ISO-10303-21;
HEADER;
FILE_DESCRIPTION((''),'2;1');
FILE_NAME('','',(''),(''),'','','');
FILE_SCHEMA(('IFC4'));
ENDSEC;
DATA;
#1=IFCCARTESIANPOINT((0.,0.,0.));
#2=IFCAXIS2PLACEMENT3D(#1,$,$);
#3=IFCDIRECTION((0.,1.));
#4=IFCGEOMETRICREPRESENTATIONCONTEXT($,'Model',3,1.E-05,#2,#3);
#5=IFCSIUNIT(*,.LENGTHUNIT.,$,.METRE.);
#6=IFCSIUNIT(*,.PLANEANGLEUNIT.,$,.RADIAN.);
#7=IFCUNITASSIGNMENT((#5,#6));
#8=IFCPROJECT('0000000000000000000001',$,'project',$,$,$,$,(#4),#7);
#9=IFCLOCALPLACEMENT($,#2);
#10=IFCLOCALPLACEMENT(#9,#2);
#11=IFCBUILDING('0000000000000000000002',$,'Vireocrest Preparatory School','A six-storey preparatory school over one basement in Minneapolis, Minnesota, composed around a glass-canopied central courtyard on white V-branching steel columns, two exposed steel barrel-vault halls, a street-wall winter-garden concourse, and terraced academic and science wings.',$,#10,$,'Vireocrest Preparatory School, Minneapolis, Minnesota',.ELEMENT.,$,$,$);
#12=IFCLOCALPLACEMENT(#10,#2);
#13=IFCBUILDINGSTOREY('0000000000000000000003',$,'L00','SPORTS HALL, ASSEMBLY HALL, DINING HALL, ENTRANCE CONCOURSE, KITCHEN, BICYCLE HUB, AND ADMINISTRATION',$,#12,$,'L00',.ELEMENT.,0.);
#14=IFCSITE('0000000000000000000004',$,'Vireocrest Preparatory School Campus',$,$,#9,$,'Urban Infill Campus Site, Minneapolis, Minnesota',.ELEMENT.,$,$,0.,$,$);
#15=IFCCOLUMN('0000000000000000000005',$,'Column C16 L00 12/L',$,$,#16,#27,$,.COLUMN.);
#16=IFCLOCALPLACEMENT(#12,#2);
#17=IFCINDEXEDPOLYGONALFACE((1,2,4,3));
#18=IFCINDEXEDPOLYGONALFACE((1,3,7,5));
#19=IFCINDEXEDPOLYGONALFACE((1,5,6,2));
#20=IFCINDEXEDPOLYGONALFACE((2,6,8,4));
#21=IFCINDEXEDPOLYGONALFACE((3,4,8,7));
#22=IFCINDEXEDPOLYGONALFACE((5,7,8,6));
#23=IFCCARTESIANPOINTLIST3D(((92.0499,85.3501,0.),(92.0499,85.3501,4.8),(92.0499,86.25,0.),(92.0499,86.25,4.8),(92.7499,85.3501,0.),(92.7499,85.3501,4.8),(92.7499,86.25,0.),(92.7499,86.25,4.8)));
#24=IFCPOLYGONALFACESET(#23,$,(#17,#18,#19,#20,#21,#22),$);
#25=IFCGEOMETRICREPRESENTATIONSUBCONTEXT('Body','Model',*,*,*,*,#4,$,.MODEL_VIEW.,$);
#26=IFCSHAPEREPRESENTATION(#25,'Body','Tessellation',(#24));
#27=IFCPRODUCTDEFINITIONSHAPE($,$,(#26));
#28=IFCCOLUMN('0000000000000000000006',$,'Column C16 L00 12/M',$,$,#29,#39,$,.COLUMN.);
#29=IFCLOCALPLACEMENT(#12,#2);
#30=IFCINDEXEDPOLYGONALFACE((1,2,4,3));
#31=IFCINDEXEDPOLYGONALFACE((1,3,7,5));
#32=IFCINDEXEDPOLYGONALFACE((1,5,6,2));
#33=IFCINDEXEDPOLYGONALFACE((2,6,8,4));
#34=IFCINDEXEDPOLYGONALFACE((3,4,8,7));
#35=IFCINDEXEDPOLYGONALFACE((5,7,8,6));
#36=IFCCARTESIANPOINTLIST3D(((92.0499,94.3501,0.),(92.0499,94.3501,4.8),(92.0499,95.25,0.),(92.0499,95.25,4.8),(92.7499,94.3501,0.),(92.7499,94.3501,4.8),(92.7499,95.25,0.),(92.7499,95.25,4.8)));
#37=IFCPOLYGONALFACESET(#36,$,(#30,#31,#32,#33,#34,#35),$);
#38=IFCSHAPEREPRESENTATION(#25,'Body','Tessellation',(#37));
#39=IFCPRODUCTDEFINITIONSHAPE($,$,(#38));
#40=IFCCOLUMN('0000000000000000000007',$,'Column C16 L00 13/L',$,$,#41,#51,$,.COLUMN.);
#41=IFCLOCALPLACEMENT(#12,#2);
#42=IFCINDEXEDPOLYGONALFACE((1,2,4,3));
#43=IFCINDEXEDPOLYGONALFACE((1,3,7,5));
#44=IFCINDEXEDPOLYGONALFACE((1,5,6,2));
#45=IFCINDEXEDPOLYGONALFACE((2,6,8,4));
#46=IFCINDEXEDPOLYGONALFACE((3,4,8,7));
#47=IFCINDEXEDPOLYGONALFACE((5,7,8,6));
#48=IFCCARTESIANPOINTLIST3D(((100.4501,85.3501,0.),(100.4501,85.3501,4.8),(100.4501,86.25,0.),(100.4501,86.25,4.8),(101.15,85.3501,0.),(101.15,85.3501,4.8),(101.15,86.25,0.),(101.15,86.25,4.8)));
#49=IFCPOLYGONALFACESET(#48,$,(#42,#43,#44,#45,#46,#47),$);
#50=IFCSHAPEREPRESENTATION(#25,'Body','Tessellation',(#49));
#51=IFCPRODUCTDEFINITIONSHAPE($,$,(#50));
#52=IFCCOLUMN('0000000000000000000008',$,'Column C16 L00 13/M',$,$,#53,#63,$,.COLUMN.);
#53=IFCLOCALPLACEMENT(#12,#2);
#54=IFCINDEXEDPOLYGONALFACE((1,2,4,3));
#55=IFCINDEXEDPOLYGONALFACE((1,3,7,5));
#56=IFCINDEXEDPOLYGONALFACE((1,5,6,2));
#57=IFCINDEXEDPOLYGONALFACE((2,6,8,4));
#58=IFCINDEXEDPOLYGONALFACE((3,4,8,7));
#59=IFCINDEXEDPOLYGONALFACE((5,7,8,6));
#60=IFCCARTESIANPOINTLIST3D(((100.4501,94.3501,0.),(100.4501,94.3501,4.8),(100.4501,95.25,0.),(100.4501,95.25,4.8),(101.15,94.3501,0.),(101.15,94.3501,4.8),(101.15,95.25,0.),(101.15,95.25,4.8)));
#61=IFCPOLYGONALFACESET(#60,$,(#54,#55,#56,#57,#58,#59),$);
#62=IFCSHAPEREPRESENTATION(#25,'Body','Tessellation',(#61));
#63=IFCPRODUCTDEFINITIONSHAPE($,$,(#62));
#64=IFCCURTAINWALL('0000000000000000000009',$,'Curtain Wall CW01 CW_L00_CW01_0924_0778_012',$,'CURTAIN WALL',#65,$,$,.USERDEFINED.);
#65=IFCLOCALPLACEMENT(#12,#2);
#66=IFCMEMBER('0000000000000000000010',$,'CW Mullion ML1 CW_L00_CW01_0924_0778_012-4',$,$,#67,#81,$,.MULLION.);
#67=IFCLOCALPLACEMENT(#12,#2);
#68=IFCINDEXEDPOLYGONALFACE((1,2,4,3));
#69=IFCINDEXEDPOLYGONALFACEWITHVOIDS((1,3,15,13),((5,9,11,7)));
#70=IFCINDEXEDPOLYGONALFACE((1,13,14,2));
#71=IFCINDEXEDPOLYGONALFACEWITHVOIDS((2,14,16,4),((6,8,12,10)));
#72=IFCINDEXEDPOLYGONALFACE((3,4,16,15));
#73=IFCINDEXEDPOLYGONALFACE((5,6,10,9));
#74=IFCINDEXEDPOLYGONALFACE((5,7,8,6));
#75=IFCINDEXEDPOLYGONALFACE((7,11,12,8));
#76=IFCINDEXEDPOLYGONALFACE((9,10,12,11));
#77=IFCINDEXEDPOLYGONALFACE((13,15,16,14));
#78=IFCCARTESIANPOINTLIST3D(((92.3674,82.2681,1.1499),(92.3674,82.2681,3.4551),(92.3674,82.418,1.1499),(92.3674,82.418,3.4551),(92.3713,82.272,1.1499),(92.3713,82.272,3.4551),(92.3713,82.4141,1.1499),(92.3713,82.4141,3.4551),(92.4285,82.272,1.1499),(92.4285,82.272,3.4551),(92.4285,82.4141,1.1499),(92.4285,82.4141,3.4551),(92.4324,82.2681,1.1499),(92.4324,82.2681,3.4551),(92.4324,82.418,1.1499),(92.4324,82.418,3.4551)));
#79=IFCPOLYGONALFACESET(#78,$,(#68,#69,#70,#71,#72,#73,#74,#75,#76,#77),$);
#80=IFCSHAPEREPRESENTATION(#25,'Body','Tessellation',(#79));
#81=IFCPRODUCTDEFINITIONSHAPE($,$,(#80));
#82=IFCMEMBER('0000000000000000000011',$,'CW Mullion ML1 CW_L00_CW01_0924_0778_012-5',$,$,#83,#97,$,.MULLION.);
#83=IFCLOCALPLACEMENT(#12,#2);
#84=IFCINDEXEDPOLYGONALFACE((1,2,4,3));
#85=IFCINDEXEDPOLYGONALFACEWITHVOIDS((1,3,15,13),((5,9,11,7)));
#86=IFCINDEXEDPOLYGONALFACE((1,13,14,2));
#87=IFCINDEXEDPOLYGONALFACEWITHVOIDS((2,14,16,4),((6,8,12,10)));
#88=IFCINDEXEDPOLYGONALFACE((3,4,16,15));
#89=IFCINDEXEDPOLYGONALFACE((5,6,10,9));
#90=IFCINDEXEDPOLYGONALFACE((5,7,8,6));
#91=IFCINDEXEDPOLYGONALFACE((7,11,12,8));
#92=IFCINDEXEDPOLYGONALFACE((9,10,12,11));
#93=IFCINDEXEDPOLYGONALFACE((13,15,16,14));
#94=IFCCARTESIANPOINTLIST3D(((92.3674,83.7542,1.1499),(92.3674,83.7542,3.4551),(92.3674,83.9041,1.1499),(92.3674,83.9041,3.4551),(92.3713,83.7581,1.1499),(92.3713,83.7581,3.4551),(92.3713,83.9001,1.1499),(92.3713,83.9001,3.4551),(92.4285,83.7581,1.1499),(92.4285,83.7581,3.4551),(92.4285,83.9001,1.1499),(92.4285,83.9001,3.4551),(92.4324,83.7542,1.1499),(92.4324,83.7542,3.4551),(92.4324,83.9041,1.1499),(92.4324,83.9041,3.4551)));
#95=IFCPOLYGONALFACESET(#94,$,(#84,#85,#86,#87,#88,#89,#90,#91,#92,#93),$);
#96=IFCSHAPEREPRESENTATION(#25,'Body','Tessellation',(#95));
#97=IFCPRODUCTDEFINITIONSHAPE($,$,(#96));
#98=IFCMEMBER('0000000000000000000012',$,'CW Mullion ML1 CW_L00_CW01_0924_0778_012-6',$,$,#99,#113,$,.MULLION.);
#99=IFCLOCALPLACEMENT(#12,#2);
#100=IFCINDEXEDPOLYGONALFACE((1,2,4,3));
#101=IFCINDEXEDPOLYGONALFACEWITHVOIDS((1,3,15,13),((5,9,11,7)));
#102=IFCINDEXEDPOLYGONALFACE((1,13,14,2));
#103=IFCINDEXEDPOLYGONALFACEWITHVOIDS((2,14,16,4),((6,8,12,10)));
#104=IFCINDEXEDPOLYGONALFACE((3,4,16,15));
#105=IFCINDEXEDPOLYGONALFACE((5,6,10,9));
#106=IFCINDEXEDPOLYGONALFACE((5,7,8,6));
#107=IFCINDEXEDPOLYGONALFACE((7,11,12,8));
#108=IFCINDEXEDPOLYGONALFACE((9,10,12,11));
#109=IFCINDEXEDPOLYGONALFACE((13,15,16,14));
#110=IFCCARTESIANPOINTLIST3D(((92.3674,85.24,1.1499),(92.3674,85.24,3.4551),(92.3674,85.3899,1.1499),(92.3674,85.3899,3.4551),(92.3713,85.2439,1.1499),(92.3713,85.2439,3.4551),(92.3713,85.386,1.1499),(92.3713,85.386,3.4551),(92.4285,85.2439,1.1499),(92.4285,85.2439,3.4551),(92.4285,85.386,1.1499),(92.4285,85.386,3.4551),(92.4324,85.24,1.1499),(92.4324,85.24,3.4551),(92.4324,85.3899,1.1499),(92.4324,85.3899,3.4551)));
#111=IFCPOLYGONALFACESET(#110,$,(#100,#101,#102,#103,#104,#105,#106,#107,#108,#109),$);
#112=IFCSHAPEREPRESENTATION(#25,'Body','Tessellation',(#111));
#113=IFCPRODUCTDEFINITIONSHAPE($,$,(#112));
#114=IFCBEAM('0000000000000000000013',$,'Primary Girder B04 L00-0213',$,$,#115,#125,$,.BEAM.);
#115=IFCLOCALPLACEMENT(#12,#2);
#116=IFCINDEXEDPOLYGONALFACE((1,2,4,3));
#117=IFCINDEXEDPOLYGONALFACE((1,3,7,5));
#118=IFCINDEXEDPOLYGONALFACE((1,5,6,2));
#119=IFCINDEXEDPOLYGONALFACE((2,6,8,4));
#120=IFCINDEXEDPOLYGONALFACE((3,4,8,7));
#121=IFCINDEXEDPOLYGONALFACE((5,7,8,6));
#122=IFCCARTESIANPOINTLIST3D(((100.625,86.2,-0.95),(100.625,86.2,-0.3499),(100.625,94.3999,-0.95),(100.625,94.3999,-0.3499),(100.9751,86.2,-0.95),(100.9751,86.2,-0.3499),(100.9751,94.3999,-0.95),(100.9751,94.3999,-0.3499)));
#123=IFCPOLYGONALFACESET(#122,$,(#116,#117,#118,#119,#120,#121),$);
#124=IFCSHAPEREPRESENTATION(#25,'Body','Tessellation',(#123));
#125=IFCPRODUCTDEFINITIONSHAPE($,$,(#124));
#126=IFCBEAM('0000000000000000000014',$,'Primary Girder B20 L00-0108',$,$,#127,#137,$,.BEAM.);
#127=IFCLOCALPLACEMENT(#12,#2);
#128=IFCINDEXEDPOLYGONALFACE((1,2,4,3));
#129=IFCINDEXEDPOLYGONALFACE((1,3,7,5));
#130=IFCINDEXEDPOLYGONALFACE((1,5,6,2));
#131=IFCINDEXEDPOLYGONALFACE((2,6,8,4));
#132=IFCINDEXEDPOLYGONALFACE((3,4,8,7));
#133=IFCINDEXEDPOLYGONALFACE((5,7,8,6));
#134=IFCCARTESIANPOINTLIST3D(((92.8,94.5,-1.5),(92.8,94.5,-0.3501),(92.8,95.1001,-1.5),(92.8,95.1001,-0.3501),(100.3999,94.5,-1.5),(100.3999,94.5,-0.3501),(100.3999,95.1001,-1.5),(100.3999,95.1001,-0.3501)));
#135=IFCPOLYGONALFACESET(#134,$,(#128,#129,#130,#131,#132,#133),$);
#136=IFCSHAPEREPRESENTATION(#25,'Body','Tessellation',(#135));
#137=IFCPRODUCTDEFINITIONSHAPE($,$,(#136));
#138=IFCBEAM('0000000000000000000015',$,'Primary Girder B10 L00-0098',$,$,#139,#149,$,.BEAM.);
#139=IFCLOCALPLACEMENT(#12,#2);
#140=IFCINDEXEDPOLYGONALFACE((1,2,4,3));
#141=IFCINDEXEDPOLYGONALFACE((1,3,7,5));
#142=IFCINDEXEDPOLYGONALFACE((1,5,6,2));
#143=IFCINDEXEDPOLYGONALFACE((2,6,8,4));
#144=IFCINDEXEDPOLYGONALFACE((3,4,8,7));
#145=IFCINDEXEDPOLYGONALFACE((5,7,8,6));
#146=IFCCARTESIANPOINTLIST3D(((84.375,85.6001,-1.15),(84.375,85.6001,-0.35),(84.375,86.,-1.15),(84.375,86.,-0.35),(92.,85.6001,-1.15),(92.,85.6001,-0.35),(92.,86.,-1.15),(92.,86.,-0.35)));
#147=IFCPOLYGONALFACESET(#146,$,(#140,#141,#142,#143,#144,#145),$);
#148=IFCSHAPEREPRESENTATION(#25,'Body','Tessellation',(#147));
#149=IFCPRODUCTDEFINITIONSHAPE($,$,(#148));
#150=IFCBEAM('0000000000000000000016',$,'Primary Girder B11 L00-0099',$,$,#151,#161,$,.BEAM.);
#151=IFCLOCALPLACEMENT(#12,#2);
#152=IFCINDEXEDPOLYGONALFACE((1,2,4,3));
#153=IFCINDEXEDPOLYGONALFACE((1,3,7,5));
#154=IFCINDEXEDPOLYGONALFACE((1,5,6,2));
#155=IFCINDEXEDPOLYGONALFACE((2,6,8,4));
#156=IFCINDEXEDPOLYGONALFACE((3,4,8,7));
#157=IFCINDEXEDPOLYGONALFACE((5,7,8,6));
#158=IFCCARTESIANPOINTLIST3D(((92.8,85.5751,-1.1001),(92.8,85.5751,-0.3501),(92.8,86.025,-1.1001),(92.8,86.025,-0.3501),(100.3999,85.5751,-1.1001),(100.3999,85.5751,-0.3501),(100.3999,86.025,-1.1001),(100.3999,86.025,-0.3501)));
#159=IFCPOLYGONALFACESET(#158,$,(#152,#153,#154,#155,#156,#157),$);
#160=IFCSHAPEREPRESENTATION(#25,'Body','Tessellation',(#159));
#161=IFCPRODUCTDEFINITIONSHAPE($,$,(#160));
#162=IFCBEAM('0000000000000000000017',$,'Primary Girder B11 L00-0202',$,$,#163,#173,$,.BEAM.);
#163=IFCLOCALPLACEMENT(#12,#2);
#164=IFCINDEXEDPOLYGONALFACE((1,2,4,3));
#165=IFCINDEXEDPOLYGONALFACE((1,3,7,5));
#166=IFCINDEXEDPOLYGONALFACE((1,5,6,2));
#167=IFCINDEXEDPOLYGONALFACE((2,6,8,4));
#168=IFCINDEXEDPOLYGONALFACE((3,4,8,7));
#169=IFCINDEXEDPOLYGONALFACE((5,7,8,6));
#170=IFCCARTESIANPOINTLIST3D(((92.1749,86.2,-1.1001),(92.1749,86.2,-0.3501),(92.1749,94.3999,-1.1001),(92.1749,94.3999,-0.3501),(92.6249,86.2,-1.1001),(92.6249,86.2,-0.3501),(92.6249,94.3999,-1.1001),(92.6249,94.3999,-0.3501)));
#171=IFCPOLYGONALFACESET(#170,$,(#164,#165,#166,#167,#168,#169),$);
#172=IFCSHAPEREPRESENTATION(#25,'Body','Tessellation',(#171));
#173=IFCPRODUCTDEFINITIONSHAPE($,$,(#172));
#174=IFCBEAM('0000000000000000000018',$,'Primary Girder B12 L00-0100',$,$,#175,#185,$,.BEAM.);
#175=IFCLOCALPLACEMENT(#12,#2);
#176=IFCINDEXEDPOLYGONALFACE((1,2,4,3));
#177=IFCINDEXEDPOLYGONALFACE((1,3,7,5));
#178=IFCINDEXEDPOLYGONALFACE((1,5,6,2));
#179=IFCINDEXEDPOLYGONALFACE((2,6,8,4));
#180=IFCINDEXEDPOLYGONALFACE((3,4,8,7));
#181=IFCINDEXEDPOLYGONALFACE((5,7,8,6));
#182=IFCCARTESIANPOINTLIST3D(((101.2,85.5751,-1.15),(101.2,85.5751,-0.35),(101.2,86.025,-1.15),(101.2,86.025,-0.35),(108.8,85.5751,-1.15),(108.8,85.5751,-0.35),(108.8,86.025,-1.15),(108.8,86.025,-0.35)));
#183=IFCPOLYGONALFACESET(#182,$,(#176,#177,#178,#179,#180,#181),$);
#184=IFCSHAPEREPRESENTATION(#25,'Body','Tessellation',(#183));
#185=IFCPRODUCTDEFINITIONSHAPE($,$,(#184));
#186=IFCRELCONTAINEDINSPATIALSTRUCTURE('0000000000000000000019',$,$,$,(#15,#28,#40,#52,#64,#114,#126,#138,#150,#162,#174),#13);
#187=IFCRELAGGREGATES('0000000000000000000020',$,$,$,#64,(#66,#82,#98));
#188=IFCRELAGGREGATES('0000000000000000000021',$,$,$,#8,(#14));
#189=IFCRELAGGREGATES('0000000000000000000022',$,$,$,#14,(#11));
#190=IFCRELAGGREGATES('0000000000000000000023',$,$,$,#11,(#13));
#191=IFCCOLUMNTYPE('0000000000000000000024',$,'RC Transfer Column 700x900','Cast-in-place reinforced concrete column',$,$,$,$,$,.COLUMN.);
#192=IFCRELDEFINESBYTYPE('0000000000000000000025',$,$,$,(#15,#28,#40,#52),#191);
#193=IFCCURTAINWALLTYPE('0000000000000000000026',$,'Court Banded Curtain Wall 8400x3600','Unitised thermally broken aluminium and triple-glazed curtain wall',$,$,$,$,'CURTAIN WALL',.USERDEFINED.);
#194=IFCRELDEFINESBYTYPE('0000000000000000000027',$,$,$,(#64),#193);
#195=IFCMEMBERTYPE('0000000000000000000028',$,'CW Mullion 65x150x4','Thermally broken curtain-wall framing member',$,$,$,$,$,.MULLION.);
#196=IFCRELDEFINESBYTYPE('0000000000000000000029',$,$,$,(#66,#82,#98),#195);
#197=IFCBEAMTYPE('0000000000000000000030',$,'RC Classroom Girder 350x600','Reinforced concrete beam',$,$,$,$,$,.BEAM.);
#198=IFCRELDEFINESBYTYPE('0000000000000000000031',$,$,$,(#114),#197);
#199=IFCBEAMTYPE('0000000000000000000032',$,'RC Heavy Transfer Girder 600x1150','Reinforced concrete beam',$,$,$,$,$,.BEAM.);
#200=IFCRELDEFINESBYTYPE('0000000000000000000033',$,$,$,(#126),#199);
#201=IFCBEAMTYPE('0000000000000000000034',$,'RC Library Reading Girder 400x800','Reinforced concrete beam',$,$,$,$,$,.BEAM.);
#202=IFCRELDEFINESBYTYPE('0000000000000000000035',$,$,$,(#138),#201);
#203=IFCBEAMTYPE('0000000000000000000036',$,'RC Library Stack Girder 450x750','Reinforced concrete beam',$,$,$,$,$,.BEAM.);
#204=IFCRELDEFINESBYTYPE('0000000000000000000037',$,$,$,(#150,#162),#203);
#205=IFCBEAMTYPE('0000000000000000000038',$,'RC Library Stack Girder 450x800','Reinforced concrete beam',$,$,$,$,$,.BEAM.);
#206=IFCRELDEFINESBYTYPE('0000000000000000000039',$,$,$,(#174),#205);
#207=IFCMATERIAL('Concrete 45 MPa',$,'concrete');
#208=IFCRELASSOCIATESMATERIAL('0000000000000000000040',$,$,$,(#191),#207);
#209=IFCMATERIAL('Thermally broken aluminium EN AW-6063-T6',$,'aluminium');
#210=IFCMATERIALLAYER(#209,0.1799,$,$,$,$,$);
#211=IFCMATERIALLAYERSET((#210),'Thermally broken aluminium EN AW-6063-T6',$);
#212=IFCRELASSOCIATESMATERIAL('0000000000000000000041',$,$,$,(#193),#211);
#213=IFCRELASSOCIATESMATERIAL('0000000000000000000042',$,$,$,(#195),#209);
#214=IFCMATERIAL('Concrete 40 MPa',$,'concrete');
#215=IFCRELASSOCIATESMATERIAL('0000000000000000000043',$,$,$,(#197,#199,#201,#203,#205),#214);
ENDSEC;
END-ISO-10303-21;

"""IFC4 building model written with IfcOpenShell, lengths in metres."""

from ifc_helpers import new_model, si_unit, direction, frame, origin, origin_2d, place, context, subcontext, project, spatial, rectangle, hollow_rectangle, extrude, material, layer, layer_set, material_profile, profile_set, type_object, element, aggregate, save


model = new_model("IFC4")

# Units and contexts
model_context = context("Model", 3, precision=1e-05, world=origin(), true_north=direction((0.0, 1.0)))
body_context = subcontext(model_context, "Body", "Model", "MODEL_VIEW")
ifc_project = project(units=[si_unit("LENGTHUNIT", "METRE"), si_unit("PLANEANGLEUNIT", "RADIAN")], contexts=[model_context])

# Site, building, storey
site_placement = place(None, origin())
site = spatial("IfcSite", under=ifc_project, at=site_placement, Name="Vireocrest Preparatory School Campus", LongName="Urban Infill Campus Site, Minneapolis, Minnesota", CompositionType="ELEMENT", RefElevation=0.0)
building_placement = place(site_placement, origin())
building = spatial("IfcBuilding", under=site, at=building_placement, Name="Vireocrest Preparatory School", Description="A six-storey preparatory school over one basement in Minneapolis, Minnesota, composed around a glass-canopied central courtyard on white V-branching steel columns, two exposed steel barrel-vault halls, a street-wall winter-garden concourse, and terraced academic and science wings.", LongName="Vireocrest Preparatory School, Minneapolis, Minnesota", CompositionType="ELEMENT")
storey_placement = place(building_placement, origin())
storey = spatial("IfcBuildingStorey", under=building, at=storey_placement, Name="L00", Description="SPORTS HALL, ASSEMBLY HALL, DINING HALL, ENTRANCE CONCOURSE, KITCHEN, BICYCLE HUB, AND ADMINISTRATION", LongName="L00", CompositionType="ELEMENT", Elevation=0.0)

# Columns
ifc_material_1 = material(Name="Concrete 45 MPa", Category="concrete")
ifc_material_profile_1 = material_profile(ifc_material_1, rectangle(XDim=0.7, YDim=0.8999, at=origin_2d()), Name="RC 700x900")
ifc_profile_set_1 = profile_set([ifc_material_profile_1], Name="Concrete 45 MPa")
column_type = type_object("IfcColumnType", Name="RC Transfer Column 700x900", Description="Cast-in-place reinforced concrete column", PredefinedType="COLUMN", material=ifc_profile_set_1)
for number, where, z_axis, x_axis, name in (
    (1, (92.3999, 85.8, 0.0), (0.0, 0.0, 1.0), (1.0, 0.0, 0.0), "Column C16 L00 12/L"),
    (2, (92.3999, 94.8, 0.0), (0.0, 0.0, 1.0), (1.0, 0.0, 0.0), "Column C16 L00 12/M"),
    (3, (100.8, 85.8, 0.0), (0.0, 0.0, 1.0), (1.0, 0.0, 0.0), "Column C16 L00 13/L"),
    (4, (100.8, 94.8, 0.0), (0.0, 0.0, 1.0), (1.0, 0.0, 0.0), "Column C16 L00 13/M"),
):
    element("IfcColumn", number, at=place(storey_placement, frame(where, z_axis=z_axis, x_axis=x_axis)), inside=storey, type_object=column_type, Name=name, PredefinedType="COLUMN", context=body_context, shape_type="SweptSolid", body=[
        extrude(rectangle(XDim=0.7, YDim=0.8999, at=origin_2d()), origin(), (0.0, 0.0, 1.0), 4.8),
    ])

# Curtain wall, members
ifc_material_2 = material(Name="Thermally broken aluminium EN AW-6063-T6", Category="aluminium")
ifc_layer_1 = layer(ifc_material_2, 0.1799)
ifc_layer_set_1 = layer_set([ifc_layer_1], Name="Thermally broken aluminium EN AW-6063-T6")
curtain_wall_type = type_object("IfcCurtainWallType", Name="Court Banded Curtain Wall 8400x3600", Description="Unitised thermally broken aluminium and triple-glazed curtain wall", ElementType="CURTAIN WALL", PredefinedType="USERDEFINED", material=ifc_layer_set_1)
curtain_wall_placement = place(storey_placement, origin())
curtain_wall = element("IfcCurtainWall", 5, at=curtain_wall_placement, inside=storey, type_object=curtain_wall_type, Name="Curtain Wall CW01 CW_L00_CW01_0924_0778_012", ObjectType="CURTAIN WALL", PredefinedType="USERDEFINED")
ifc_material_profile_2 = material_profile(ifc_material_2, hollow_rectangle(XDim=0.0649, YDim=0.1499, WallThickness=0.0039, at=origin_2d()), Name="ALU 65x150x4")
ifc_profile_set_2 = profile_set([ifc_material_profile_2], Name="Thermally broken aluminium EN AW-6063-T6")
member_type = type_object("IfcMemberType", Name="CW Mullion 65x150x4", Description="Thermally broken curtain-wall framing member", PredefinedType="MULLION", material=ifc_profile_set_2)
member_1_placement = place(storey_placement, frame((92.3999, 82.343, 1.1499), z_axis=(0.0, 0.0, 1.0), x_axis=(1.0, 0.0, 0.0)))
member_1 = element("IfcMember", 6, at=member_1_placement, type_object=member_type, Name="CW Mullion ML1 CW_L00_CW01_0924_0778_012-4", PredefinedType="MULLION", context=body_context, shape_type="SweptSolid", body=[
    extrude(hollow_rectangle(XDim=0.0649, YDim=0.1499, WallThickness=0.0039, at=origin_2d()), origin(), (0.0, 0.0, 1.0), 2.3052),
])
member_2_placement = place(storey_placement, frame((92.3999, 83.8291, 1.1499), z_axis=(0.0, 0.0, 1.0), x_axis=(1.0, 0.0, 0.0)))
member_2 = element("IfcMember", 7, at=member_2_placement, type_object=member_type, Name="CW Mullion ML1 CW_L00_CW01_0924_0778_012-5", PredefinedType="MULLION", context=body_context, shape_type="SweptSolid", body=[
    extrude(hollow_rectangle(XDim=0.0649, YDim=0.1499, WallThickness=0.0039, at=origin_2d()), origin(), (0.0, 0.0, 1.0), 2.3052),
])
member_3_placement = place(storey_placement, frame((92.3999, 85.3149, 1.1499), z_axis=(0.0, 0.0, 1.0), x_axis=(1.0, 0.0, 0.0)))
member_3 = element("IfcMember", 8, at=member_3_placement, type_object=member_type, Name="CW Mullion ML1 CW_L00_CW01_0924_0778_012-6", PredefinedType="MULLION", context=body_context, shape_type="SweptSolid", body=[
    extrude(hollow_rectangle(XDim=0.0649, YDim=0.1499, WallThickness=0.0039, at=origin_2d()), origin(), (0.0, 0.0, 1.0), 2.3052),
])

# Beams
ifc_material_3 = material(Name="Concrete 40 MPa", Category="concrete")
ifc_material_profile_3 = material_profile(ifc_material_3, rectangle(XDim=0.3501, YDim=0.6001, at=origin_2d()), Name="RC 350x600")
ifc_profile_set_3 = profile_set([ifc_material_profile_3], Name="Concrete 40 MPa")
beam_type_1 = type_object("IfcBeamType", Name="RC Classroom Girder 350x600", Description="Reinforced concrete beam", PredefinedType="BEAM", material=ifc_profile_set_3)
beam_1_placement = place(storey_placement, frame((100.8, 86.2, -0.6499), z_axis=(0.0, 1.0, 0.0), x_axis=(-1.0, 0.0, 0.0)))
element("IfcBeam", 9, at=beam_1_placement, inside=storey, type_object=beam_type_1, Name="Primary Girder B04 L00-0213", PredefinedType="BEAM", context=body_context, shape_type="SweptSolid", body=[
    extrude(rectangle(XDim=0.3501, YDim=0.6001, at=origin_2d()), origin(), (0.0, 0.0, 1.0), 8.2),
])
ifc_material_profile_4 = material_profile(ifc_material_3, rectangle(XDim=0.6001, YDim=1.1499, at=origin_2d()), Name="RC 600x1150")
ifc_profile_set_4 = profile_set([ifc_material_profile_4], Name="Concrete 40 MPa")
beam_type_2 = type_object("IfcBeamType", Name="RC Heavy Transfer Girder 600x1150", Description="Reinforced concrete beam", PredefinedType="BEAM", material=ifc_profile_set_4)
beam_2_placement = place(storey_placement, frame((92.8, 94.8, -0.925), z_axis=(1.0, 0.0, 0.0), x_axis=(0.0, 1.0, 0.0)))
element("IfcBeam", 10, at=beam_2_placement, inside=storey, type_object=beam_type_2, Name="Primary Girder B20 L00-0108", PredefinedType="BEAM", context=body_context, shape_type="SweptSolid", body=[
    extrude(rectangle(XDim=0.6001, YDim=1.1499, at=origin_2d()), origin(), (0.0, 0.0, 1.0), 7.5999),
])
ifc_material_profile_5 = material_profile(ifc_material_3, rectangle(XDim=0.3999, YDim=0.8, at=origin_2d()), Name="RC 400x800")
ifc_profile_set_5 = profile_set([ifc_material_profile_5], Name="Concrete 40 MPa")
beam_type_3 = type_object("IfcBeamType", Name="RC Library Reading Girder 400x800", Description="Reinforced concrete beam", PredefinedType="BEAM", material=ifc_profile_set_5)
beam_3_placement = place(storey_placement, frame((84.375, 85.8, -0.75), z_axis=(1.0, 0.0, 0.0), x_axis=(0.0, 1.0, 0.0)))
element("IfcBeam", 11, at=beam_3_placement, inside=storey, type_object=beam_type_3, Name="Primary Girder B10 L00-0098", PredefinedType="BEAM", context=body_context, shape_type="SweptSolid", body=[
    extrude(rectangle(XDim=0.3999, YDim=0.8, at=origin_2d()), origin(), (0.0, 0.0, 1.0), 7.625),
])
ifc_material_profile_6 = material_profile(ifc_material_3, rectangle(XDim=0.45, YDim=0.75, at=origin_2d()), Name="RC 450x750")
ifc_profile_set_6 = profile_set([ifc_material_profile_6], Name="Concrete 40 MPa")
beam_type_4 = type_object("IfcBeamType", Name="RC Library Stack Girder 450x750", Description="Reinforced concrete beam", PredefinedType="BEAM", material=ifc_profile_set_6)
beam_4_placement = place(storey_placement, frame((92.8, 85.8, -0.7251), z_axis=(1.0, 0.0, 0.0), x_axis=(0.0, 1.0, 0.0)))
element("IfcBeam", 12, at=beam_4_placement, inside=storey, type_object=beam_type_4, Name="Primary Girder B11 L00-0099", PredefinedType="BEAM", context=body_context, shape_type="SweptSolid", body=[
    extrude(rectangle(XDim=0.45, YDim=0.75, at=origin_2d()), origin(), (0.0, 0.0, 1.0), 7.5999),
])
beam_5_placement = place(storey_placement, frame((92.3999, 86.2, -0.7251), z_axis=(0.0, 1.0, 0.0), x_axis=(-1.0, 0.0, 0.0)))
element("IfcBeam", 13, at=beam_5_placement, inside=storey, type_object=beam_type_4, Name="Primary Girder B11 L00-0202", PredefinedType="BEAM", context=body_context, shape_type="SweptSolid", body=[
    extrude(rectangle(XDim=0.45, YDim=0.75, at=origin_2d()), origin(), (0.0, 0.0, 1.0), 8.2),
])
ifc_material_profile_7 = material_profile(ifc_material_3, rectangle(XDim=0.45, YDim=0.8, at=origin_2d()), Name="RC 450x800")
ifc_profile_set_7 = profile_set([ifc_material_profile_7], Name="Concrete 40 MPa")
beam_type_5 = type_object("IfcBeamType", Name="RC Library Stack Girder 450x800", Description="Reinforced concrete beam", PredefinedType="BEAM", material=ifc_profile_set_7)
beam_6_placement = place(storey_placement, frame((101.2, 85.8, -0.75), z_axis=(1.0, 0.0, 0.0), x_axis=(0.0, 1.0, 0.0)))
element("IfcBeam", 14, at=beam_6_placement, inside=storey, type_object=beam_type_5, Name="Primary Girder B12 L00-0100", PredefinedType="BEAM", context=body_context, shape_type="SweptSolid", body=[
    extrude(rectangle(XDim=0.45, YDim=0.8, at=origin_2d()), origin(), (0.0, 0.0, 1.0), 7.6001),
])

aggregate(curtain_wall, [member_1, member_2, member_3])

save(model, "model.ifc")
